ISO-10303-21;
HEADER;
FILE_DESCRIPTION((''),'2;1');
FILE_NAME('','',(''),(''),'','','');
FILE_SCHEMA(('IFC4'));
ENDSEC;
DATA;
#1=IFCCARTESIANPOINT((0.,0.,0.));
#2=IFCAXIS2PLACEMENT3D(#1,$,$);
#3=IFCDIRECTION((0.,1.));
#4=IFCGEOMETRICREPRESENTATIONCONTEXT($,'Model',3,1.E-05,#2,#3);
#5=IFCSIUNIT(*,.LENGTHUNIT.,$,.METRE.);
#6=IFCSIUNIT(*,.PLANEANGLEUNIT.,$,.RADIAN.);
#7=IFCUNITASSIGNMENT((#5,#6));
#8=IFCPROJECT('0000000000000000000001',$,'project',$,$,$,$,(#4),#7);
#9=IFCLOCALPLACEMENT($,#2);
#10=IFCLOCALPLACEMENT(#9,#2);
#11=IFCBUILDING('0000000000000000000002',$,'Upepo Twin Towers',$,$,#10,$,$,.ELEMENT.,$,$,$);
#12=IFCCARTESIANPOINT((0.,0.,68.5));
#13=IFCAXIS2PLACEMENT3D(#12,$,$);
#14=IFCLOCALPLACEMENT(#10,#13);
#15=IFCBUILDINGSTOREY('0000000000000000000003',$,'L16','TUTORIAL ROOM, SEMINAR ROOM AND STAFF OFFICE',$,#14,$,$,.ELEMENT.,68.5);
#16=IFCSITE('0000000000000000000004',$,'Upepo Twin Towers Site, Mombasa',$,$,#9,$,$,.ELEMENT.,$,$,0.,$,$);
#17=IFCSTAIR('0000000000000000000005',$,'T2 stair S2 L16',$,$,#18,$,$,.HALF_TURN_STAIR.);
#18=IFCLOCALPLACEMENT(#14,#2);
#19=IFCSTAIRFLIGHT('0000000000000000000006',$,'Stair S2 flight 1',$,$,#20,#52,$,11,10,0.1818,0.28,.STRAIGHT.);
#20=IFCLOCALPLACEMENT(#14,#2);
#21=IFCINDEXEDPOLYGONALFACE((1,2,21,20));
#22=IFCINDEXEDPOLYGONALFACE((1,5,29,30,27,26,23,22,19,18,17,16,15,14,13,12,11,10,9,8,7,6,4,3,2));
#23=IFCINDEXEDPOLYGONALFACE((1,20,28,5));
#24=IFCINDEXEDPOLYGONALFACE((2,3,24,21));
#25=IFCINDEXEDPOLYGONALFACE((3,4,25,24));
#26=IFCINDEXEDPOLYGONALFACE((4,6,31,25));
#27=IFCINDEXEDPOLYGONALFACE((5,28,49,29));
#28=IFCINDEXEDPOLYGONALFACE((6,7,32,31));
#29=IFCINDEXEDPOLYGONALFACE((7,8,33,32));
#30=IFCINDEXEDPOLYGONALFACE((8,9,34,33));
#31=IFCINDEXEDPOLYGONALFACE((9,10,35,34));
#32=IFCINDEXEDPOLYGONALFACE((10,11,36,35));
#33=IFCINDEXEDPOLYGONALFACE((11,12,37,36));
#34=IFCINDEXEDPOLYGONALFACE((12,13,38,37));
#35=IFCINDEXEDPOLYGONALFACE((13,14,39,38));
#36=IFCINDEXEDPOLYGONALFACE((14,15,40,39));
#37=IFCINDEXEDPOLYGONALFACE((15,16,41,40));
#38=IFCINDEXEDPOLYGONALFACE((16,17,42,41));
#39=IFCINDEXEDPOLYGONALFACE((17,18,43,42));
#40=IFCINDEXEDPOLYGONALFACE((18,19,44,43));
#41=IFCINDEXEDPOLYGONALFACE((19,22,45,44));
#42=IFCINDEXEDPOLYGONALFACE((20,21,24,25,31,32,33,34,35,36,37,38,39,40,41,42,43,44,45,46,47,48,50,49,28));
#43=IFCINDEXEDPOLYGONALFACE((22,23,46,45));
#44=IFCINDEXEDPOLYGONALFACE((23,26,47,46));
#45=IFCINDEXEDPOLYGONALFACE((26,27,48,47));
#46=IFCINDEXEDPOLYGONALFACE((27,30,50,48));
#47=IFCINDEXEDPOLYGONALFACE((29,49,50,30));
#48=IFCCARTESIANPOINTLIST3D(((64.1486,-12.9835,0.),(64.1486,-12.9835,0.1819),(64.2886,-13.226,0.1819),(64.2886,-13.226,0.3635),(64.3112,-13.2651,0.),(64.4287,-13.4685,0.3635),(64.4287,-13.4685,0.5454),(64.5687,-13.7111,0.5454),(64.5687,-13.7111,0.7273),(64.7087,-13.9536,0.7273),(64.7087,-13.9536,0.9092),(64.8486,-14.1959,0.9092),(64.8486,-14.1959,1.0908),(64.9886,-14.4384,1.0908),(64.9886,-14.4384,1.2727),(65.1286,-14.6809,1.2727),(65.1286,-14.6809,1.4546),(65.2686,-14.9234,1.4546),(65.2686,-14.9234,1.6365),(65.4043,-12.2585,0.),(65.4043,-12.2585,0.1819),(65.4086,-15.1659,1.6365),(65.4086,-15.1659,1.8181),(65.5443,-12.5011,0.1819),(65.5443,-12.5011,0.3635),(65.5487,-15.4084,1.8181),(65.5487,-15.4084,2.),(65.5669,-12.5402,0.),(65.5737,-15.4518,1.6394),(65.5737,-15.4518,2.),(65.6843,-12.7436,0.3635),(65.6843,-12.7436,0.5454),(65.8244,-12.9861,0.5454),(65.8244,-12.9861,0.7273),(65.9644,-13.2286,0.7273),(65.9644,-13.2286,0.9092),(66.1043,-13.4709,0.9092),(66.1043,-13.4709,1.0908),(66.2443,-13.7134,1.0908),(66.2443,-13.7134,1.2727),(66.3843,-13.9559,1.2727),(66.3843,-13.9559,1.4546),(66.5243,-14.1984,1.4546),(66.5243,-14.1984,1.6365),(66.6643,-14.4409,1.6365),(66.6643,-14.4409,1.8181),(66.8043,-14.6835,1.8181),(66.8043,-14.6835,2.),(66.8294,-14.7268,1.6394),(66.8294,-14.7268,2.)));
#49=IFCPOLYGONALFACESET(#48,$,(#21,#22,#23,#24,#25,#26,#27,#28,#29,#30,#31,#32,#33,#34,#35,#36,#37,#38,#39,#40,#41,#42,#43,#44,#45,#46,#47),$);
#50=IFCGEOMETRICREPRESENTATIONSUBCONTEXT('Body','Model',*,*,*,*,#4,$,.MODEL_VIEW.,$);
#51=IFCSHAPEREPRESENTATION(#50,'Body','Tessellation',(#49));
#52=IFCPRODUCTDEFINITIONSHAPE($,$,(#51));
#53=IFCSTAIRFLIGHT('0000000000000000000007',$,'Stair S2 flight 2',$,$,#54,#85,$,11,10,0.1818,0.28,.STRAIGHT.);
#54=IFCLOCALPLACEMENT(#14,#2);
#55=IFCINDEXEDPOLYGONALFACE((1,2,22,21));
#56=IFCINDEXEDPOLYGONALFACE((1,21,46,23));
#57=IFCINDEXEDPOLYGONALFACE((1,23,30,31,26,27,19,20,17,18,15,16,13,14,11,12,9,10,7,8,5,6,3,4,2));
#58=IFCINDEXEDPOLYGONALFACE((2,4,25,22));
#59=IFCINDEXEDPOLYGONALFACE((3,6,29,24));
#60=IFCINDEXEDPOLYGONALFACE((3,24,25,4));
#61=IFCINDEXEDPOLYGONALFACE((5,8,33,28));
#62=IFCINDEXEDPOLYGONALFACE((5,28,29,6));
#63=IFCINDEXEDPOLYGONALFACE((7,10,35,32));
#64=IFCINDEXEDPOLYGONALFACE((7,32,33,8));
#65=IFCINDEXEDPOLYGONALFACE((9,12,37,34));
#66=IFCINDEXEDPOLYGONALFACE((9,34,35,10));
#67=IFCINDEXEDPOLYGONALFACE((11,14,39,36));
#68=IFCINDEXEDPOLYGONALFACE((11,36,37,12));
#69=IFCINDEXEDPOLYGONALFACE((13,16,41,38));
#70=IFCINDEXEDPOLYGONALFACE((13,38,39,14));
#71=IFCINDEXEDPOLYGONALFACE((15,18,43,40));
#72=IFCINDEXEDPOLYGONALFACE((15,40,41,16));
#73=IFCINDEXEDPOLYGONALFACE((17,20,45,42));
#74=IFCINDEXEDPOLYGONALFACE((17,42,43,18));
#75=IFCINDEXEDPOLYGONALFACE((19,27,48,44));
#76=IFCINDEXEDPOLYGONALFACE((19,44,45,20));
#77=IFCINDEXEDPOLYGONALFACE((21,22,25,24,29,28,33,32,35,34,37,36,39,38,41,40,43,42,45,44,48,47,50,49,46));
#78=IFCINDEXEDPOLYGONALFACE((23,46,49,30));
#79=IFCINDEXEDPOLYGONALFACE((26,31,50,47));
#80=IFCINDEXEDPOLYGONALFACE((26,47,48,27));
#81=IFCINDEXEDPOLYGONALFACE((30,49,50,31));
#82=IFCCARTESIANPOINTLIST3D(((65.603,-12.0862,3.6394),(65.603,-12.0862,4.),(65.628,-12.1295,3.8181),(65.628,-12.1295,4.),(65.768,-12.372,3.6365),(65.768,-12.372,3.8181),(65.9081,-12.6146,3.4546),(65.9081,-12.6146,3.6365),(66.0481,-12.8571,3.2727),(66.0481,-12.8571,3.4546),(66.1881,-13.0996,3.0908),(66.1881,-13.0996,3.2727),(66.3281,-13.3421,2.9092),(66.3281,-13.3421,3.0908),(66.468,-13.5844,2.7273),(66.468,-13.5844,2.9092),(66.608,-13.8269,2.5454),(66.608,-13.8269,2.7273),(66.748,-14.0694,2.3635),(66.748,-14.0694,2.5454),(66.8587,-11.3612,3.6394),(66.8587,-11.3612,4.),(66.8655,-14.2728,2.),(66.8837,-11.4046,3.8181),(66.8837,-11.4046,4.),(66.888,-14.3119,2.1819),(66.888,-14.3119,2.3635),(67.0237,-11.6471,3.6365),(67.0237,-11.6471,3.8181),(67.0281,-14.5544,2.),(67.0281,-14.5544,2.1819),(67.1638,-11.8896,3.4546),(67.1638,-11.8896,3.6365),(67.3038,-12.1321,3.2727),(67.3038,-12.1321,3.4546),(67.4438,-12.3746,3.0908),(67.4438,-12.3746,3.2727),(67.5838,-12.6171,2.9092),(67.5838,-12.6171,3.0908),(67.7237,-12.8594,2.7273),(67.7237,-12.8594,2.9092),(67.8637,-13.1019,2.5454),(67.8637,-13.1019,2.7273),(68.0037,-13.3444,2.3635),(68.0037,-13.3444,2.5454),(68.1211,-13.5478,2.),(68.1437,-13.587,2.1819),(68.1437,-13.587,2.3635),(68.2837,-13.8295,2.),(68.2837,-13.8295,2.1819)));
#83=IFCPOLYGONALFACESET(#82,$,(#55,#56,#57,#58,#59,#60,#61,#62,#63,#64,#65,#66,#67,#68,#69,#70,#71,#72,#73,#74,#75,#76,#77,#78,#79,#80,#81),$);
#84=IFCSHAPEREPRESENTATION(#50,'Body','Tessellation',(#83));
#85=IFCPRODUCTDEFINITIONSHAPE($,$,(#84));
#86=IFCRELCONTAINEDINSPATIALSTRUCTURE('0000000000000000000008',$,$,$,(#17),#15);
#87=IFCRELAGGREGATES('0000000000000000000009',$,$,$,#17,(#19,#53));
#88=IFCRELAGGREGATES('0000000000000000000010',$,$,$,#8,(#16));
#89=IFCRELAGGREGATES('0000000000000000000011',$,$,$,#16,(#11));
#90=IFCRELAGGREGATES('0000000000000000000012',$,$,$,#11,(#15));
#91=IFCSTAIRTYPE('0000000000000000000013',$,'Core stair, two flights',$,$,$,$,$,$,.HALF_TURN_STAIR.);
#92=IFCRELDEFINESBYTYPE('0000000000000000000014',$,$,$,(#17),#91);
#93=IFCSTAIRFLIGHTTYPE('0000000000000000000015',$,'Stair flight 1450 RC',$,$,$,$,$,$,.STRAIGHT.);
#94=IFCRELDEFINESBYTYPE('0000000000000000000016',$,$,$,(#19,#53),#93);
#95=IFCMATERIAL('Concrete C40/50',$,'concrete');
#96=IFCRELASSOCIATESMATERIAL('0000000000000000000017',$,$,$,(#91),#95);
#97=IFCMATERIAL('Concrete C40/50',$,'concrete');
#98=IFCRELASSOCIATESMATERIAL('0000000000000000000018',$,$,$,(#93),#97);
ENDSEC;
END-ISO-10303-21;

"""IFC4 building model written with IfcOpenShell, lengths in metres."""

from ifc_helpers import new_model, si_unit, direction, frame, origin, place, context, subcontext, project, spatial, polyline, outline, extrude, material, type_object, element, aggregate, save


model = new_model("IFC4")

# Units and contexts
model_context = context("Model", 3, precision=1e-05, world=origin(), true_north=direction((0.0, 1.0)))
body_context = subcontext(model_context, "Body", "Model", "MODEL_VIEW")
ifc_project = project(units=[si_unit("LENGTHUNIT", "METRE"), si_unit("PLANEANGLEUNIT", "RADIAN")], contexts=[model_context])

# Site, building, storey
site_placement = place(None, origin())
site = spatial("IfcSite", under=ifc_project, at=site_placement, Name="Upepo Twin Towers Site, Mombasa", CompositionType="ELEMENT", RefElevation=0.0)
building_placement = place(site_placement, origin())
building = spatial("IfcBuilding", under=site, at=building_placement, Name="Upepo Twin Towers", CompositionType="ELEMENT")
storey_placement = place(building_placement, frame((0.0, 0.0, 68.5)))
storey = spatial("IfcBuildingStorey", under=building, at=storey_placement, Name="L16", Description="TUTORIAL ROOM, SEMINAR ROOM AND STAFF OFFICE", CompositionType="ELEMENT", Elevation=68.5)

# Stair, stair flights
ifc_material_1 = material(Name="Concrete C40/50", Category="concrete")
stair_type = type_object("IfcStairType", Name="Core stair, two flights", PredefinedType="HALF_TURN_STAIR", material=ifc_material_1)
stair_placement = place(storey_placement, origin())
stair = element("IfcStair", 1, at=stair_placement, inside=storey, type_object=stair_type, Name="T2 stair S2 L16", PredefinedType="HALF_TURN_STAIR")
ifc_material_2 = material(Name="Concrete C40/50", Category="concrete")
stair_flight_type = type_object("IfcStairFlightType", Name="Stair flight 1450 RC", PredefinedType="STRAIGHT", material=ifc_material_2)
stair_flight_1_placement = place(storey_placement, frame((64.7764, -12.6211, 0.0), z_axis=(0.0, 0.0, 1.0), x_axis=(0.5, -0.866025, 0.0)))
stair_flight_1 = element("IfcStairFlight", 2, at=stair_flight_1_placement, type_object=stair_flight_type, Name="Stair S2 flight 1", NumberOfRisers=11, NumberOfTreads=10, PredefinedType="STRAIGHT", RiserHeight=0.1818, TreadLength=0.28, context=body_context, shape_type="SweptSolid", body=[
    extrude(outline(polyline([(0.0, 0.0), (0.0, 0.1819), (0.28, 0.1819), (0.28, 0.3635), (0.5601, 0.3635), (0.5601, 0.5454), (0.8401, 0.5454), (0.8401, 0.7273), (1.1201, 0.7273), (1.1201, 0.9092), (1.3999, 0.9092), (1.3999, 1.0908), (1.6799, 1.0908), (1.6799, 1.2727), (1.96, 1.2727), (1.96, 1.4546), (2.24, 1.4546), (2.24, 1.6365), (2.52, 1.6365), (2.52, 1.8181), (2.8, 1.8181), (2.8, 2.0), (2.8501, 2.0), (2.8501, 1.6394), (0.3252, 0.0), (0.0, 0.0)])), frame((0.0, 0.7251, 0.0), z_axis=(0.0, -1.0, 0.0), x_axis=(1.0, 0.0, 0.0)), (0.0, 0.0, 1.0), 1.45),
])
stair_flight_2_placement = place(storey_placement, frame((67.656, -14.1919, 2.0), z_axis=(0.0, 0.0, 1.0), x_axis=(-0.5, 0.866025, 0.0)))
stair_flight_2 = element("IfcStairFlight", 3, at=stair_flight_2_placement, type_object=stair_flight_type, Name="Stair S2 flight 2", NumberOfRisers=11, NumberOfTreads=10, PredefinedType="STRAIGHT", RiserHeight=0.1818, TreadLength=0.28, context=body_context, shape_type="SweptSolid", body=[
    extrude(outline(polyline([(0.0, 0.0), (0.0, 0.1819), (0.28, 0.1819), (0.28, 0.3635), (0.5601, 0.3635), (0.5601, 0.5454), (0.8401, 0.5454), (0.8401, 0.7273), (1.1201, 0.7273), (1.1201, 0.9092), (1.3999, 0.9092), (1.3999, 1.0908), (1.6799, 1.0908), (1.6799, 1.2727), (1.96, 1.2727), (1.96, 1.4546), (2.24, 1.4546), (2.24, 1.6365), (2.52, 1.6365), (2.52, 1.8181), (2.8, 1.8181), (2.8, 2.0), (2.8501, 2.0), (2.8501, 1.6394), (0.3252, 0.0), (0.0, 0.0)])), frame((0.0, 0.7251, 0.0), z_axis=(0.0, -1.0, 0.0), x_axis=(1.0, 0.0, 0.0)), (0.0, 0.0, 1.0), 1.45),
])
aggregate(stair, [stair_flight_1, stair_flight_2])

save(model, "model.ifc")
